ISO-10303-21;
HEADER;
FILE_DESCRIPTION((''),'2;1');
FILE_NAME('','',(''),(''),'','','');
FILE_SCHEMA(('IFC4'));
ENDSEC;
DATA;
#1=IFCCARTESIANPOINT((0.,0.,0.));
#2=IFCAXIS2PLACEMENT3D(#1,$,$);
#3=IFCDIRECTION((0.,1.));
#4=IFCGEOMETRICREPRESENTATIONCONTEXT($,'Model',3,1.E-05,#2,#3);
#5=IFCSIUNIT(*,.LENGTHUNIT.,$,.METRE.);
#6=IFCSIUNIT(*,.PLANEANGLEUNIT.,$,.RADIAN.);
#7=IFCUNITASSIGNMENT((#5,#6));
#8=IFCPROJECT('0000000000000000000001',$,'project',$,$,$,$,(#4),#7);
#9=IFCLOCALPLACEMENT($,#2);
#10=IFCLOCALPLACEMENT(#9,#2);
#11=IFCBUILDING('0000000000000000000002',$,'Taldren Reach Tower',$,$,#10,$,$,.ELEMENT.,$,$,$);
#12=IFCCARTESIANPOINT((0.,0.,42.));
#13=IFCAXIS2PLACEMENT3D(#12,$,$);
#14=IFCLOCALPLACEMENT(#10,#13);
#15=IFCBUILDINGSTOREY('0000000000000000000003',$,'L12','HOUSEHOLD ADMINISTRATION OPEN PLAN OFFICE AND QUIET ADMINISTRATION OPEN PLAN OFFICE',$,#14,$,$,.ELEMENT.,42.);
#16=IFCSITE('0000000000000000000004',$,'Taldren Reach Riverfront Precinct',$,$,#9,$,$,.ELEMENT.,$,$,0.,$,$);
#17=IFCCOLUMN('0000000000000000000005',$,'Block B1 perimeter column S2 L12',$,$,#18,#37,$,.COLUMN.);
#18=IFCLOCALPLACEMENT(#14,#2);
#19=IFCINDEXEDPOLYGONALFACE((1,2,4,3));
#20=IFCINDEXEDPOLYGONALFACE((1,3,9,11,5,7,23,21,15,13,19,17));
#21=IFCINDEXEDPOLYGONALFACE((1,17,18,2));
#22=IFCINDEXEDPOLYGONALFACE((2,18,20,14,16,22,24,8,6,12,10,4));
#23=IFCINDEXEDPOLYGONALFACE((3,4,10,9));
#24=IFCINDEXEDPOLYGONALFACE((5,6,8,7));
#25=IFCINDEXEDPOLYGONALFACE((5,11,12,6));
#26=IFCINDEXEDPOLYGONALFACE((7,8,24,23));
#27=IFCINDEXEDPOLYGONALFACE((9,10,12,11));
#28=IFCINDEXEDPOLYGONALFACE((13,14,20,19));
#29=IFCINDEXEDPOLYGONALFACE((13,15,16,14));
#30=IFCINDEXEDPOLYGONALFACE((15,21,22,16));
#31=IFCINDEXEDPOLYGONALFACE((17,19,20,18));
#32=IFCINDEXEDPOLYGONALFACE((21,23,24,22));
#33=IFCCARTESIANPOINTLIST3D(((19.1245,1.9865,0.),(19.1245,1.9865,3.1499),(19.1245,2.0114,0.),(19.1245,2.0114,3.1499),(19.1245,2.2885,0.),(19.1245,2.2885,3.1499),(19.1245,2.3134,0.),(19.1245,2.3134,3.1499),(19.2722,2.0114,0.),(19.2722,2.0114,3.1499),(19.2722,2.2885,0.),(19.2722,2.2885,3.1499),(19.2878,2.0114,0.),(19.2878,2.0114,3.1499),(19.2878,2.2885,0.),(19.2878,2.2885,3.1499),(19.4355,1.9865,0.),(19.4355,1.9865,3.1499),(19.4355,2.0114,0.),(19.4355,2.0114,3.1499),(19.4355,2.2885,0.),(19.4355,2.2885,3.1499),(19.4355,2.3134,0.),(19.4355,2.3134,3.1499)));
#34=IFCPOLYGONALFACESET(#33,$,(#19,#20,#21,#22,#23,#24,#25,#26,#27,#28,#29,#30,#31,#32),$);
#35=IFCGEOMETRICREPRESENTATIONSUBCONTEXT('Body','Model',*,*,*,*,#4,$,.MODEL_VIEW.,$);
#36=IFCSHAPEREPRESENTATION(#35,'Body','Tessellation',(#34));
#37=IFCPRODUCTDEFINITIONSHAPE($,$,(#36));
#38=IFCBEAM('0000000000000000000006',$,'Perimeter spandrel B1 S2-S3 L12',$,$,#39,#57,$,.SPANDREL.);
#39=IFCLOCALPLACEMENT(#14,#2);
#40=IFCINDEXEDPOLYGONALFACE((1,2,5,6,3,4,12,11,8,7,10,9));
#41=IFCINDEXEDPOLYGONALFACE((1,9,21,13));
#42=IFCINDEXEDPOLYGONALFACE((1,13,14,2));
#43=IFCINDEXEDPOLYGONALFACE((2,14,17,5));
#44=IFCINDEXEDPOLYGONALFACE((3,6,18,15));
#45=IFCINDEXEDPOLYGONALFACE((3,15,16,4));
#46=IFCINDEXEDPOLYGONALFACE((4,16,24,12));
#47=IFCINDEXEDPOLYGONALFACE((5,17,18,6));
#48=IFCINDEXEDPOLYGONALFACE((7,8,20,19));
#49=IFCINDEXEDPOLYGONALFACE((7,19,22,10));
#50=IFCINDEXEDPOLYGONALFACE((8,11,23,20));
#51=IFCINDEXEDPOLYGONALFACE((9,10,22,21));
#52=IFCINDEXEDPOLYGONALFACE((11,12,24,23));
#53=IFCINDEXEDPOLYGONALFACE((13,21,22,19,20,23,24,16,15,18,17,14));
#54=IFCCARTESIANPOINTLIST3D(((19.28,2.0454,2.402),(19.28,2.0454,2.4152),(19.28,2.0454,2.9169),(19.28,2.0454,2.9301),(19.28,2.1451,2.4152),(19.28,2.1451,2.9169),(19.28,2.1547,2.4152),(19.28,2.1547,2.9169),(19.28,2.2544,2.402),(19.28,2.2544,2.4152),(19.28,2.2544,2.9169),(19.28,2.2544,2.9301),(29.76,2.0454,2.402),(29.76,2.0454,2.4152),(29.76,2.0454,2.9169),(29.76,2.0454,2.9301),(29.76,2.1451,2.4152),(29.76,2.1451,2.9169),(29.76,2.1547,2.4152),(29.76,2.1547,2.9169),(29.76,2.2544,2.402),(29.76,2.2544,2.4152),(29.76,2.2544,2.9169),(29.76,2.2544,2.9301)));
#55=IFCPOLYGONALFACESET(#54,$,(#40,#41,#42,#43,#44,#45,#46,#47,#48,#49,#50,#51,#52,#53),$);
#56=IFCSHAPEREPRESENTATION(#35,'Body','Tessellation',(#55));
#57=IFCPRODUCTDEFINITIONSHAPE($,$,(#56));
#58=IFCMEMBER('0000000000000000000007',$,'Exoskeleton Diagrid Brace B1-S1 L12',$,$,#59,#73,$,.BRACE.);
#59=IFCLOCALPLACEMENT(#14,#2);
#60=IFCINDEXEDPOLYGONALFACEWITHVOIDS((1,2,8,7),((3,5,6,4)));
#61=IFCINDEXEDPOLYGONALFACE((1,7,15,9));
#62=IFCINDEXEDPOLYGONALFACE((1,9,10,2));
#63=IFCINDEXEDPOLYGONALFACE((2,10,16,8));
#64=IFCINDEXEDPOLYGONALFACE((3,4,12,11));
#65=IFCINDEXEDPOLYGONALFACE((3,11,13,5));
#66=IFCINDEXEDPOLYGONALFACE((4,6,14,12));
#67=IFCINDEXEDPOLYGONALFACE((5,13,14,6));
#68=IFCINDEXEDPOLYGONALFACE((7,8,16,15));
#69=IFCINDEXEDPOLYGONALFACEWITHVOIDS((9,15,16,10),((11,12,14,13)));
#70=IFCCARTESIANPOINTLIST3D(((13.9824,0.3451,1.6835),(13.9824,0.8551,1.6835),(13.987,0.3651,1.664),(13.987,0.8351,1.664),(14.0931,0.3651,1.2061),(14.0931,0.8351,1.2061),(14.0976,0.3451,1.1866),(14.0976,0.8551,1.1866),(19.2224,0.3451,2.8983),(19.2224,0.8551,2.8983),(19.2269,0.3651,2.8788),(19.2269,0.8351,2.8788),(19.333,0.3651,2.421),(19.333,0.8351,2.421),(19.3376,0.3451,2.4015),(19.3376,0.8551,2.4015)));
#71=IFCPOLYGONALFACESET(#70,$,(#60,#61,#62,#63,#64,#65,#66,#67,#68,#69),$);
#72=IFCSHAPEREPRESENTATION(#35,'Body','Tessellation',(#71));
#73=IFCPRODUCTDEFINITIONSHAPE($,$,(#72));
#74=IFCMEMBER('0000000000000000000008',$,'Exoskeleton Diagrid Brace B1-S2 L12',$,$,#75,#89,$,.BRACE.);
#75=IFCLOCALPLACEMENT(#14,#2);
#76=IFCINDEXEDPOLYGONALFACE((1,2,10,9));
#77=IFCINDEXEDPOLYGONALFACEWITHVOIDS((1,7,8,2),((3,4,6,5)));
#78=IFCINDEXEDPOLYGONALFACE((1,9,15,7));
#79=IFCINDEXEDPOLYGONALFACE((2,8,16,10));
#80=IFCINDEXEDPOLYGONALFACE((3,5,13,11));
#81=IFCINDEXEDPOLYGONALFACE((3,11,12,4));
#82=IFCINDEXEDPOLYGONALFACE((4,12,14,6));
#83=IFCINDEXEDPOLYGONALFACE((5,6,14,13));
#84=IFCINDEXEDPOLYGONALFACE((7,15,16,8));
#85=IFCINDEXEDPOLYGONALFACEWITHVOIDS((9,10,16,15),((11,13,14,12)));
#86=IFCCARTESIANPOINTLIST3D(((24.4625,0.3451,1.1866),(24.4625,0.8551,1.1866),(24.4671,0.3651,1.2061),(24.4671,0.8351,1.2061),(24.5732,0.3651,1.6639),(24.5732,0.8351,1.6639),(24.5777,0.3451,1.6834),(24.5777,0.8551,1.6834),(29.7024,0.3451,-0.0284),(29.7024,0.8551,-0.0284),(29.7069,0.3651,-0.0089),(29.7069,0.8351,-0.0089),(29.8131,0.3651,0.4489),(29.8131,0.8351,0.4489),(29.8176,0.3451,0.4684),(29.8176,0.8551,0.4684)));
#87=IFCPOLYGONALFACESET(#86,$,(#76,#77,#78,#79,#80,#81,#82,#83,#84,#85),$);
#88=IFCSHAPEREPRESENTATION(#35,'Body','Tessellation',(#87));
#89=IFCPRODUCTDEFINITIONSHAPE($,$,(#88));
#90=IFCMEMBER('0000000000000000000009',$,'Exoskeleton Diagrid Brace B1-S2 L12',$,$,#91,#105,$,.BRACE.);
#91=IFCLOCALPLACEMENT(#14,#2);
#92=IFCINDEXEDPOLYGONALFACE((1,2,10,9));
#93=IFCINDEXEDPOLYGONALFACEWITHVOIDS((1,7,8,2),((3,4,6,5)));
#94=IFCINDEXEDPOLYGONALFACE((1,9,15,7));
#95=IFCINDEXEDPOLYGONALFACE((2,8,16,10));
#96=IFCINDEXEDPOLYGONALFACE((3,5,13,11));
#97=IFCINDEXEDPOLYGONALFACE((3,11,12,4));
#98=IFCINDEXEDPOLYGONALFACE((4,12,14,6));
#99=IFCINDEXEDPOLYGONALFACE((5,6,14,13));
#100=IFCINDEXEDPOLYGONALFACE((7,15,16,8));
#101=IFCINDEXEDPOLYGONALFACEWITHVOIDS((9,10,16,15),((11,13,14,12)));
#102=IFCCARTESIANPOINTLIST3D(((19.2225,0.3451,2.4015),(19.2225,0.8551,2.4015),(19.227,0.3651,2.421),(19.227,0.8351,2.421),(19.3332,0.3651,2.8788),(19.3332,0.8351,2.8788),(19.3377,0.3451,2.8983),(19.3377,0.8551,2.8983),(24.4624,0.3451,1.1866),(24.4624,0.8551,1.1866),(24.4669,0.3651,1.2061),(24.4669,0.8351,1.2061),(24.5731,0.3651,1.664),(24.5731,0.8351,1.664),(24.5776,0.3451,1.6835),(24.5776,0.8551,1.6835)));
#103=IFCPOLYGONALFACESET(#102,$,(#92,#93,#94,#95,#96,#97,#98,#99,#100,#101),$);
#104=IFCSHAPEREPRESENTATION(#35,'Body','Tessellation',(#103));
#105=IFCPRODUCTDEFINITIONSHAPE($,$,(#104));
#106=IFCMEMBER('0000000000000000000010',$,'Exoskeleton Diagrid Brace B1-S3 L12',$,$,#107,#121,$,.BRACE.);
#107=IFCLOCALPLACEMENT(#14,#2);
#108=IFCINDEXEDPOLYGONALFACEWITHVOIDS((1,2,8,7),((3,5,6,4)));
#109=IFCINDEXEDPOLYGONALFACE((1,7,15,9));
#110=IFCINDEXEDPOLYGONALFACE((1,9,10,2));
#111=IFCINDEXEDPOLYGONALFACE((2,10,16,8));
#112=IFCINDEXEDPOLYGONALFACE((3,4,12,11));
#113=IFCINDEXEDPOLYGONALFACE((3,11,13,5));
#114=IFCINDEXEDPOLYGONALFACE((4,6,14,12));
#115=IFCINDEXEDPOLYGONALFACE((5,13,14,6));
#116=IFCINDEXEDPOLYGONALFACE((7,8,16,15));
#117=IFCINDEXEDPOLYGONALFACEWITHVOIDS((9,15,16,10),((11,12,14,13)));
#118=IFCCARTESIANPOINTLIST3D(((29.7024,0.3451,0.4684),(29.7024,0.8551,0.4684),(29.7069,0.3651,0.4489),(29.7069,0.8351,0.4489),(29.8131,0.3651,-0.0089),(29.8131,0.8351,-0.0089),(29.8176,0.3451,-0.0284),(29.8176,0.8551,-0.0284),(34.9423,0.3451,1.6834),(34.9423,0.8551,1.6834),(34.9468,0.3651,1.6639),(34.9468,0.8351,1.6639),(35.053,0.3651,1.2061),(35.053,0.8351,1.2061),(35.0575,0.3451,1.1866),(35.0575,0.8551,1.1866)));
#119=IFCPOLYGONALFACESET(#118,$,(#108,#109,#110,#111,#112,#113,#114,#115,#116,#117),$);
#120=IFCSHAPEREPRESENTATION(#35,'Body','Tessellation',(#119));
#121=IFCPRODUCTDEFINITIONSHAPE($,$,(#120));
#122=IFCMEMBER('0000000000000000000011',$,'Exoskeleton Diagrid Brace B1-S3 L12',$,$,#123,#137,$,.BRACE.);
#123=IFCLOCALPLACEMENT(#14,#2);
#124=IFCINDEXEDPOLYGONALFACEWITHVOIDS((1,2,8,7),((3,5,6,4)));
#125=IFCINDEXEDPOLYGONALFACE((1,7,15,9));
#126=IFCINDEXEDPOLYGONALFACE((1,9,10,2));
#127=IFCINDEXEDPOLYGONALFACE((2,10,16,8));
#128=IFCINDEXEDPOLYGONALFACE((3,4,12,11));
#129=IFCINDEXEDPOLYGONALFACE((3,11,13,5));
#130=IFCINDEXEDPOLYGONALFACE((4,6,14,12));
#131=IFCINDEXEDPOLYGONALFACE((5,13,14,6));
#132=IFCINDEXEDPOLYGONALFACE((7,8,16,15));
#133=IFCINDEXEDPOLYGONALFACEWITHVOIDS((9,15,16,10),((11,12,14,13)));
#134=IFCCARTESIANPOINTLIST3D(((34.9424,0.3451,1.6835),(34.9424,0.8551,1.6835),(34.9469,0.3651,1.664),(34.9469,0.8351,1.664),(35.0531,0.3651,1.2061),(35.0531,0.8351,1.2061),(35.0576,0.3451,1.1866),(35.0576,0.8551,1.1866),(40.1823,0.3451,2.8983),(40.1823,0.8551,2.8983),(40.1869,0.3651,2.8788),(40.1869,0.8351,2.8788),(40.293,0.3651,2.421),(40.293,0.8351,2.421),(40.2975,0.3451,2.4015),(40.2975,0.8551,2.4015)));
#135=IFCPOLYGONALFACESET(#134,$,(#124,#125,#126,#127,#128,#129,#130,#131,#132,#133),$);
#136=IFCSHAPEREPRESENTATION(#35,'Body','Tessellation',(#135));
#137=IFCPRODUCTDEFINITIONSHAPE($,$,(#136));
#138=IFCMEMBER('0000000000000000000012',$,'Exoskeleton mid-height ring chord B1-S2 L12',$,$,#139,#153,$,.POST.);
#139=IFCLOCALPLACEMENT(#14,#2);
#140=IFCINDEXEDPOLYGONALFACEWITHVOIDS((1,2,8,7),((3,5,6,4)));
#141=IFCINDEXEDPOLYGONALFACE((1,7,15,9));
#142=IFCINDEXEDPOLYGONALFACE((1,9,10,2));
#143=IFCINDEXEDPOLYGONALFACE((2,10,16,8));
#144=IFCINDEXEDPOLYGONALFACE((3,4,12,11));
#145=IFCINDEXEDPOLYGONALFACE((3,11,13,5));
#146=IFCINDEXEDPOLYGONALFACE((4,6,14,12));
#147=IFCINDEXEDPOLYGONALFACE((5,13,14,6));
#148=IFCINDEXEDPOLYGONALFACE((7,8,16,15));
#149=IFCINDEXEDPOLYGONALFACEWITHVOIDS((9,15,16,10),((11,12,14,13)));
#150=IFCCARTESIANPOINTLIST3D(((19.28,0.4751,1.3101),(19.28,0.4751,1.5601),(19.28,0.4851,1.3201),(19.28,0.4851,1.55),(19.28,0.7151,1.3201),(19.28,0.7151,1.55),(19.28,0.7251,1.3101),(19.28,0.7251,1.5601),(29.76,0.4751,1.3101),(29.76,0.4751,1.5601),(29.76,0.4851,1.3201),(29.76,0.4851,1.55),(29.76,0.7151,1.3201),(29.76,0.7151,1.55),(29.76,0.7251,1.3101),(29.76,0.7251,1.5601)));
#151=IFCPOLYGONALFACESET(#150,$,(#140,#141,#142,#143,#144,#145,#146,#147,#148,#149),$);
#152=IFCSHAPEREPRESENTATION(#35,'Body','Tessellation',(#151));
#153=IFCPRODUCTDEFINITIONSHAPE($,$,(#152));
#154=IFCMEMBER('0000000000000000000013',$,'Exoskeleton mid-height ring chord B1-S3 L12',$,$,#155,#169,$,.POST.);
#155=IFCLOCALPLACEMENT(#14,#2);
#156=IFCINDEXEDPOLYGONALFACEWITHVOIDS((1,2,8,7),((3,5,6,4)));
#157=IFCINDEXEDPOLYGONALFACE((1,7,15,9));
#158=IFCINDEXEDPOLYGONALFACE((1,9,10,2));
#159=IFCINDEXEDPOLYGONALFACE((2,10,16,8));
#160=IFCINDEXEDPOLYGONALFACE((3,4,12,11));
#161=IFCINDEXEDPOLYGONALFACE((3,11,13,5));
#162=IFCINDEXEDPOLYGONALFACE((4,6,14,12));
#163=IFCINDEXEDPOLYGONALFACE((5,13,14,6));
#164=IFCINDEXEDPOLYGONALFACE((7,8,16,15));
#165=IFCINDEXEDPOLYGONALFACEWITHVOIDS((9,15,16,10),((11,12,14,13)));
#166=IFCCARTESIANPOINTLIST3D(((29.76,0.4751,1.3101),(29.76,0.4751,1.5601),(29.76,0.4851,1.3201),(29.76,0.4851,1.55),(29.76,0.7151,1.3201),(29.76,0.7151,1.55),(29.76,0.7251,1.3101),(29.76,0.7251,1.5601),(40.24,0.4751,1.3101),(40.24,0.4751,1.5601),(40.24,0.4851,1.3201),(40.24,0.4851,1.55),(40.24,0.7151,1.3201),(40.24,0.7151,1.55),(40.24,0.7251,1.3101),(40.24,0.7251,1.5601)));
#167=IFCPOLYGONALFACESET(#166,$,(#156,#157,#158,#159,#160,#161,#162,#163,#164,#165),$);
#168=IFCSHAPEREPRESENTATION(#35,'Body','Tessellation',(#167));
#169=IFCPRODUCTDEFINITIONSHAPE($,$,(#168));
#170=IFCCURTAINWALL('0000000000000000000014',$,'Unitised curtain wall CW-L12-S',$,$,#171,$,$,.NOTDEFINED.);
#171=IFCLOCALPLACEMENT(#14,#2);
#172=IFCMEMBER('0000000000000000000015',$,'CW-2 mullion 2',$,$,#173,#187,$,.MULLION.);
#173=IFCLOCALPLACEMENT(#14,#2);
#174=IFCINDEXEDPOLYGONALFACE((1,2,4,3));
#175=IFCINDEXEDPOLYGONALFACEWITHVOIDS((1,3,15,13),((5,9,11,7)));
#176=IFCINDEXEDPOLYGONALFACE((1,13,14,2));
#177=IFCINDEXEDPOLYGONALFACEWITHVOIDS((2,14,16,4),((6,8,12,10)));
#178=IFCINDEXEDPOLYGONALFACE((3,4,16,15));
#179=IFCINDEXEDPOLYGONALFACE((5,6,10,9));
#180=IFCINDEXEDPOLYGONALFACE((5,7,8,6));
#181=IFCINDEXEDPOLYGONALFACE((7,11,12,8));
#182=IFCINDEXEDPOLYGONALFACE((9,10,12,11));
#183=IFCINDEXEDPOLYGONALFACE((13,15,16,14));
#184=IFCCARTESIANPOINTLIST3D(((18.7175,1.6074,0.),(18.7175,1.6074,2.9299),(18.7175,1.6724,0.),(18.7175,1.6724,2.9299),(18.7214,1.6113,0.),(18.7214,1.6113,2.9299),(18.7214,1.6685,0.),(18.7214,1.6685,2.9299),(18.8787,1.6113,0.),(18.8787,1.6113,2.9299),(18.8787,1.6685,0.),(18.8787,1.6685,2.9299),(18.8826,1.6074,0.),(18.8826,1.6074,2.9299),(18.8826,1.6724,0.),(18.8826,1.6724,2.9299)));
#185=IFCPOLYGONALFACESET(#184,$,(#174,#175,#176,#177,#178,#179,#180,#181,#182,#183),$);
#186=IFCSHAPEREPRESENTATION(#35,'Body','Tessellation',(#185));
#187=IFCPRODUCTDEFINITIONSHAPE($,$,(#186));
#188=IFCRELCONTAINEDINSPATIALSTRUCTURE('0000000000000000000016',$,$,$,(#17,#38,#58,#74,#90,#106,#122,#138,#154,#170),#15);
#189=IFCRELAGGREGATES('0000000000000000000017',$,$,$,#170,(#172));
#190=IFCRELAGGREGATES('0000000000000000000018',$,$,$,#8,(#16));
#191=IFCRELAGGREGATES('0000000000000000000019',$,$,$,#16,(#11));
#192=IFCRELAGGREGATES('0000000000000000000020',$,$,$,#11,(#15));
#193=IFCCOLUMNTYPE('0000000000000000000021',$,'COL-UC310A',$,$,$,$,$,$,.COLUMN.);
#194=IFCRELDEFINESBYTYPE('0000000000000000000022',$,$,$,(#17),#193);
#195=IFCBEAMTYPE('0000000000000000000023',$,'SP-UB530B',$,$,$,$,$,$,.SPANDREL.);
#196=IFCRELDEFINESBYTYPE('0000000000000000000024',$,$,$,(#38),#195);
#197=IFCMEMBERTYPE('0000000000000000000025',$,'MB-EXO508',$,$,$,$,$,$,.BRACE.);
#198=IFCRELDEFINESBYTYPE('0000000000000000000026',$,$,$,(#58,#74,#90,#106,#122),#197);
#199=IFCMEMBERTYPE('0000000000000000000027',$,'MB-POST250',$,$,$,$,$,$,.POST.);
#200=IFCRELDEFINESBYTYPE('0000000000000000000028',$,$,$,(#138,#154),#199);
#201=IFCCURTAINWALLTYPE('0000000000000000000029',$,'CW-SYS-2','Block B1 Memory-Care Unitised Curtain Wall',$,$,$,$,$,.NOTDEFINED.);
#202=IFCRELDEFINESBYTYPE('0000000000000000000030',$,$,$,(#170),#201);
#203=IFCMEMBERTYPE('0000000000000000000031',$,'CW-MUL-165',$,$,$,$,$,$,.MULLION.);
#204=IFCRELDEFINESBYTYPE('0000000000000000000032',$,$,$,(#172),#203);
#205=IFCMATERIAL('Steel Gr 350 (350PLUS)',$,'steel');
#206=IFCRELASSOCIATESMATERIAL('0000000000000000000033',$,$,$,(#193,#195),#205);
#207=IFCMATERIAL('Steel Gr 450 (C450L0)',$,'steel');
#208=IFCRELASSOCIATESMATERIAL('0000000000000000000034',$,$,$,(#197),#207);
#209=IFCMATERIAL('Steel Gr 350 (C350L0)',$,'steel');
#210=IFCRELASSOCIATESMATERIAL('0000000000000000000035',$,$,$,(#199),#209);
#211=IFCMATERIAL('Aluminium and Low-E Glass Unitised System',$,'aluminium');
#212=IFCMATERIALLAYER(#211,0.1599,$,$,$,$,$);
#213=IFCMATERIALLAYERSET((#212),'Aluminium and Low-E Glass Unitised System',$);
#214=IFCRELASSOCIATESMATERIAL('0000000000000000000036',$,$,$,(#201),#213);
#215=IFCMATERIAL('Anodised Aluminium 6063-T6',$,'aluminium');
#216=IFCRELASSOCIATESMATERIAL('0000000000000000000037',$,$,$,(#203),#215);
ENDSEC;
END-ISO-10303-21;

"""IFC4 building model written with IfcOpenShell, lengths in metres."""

from ifc_helpers import new_model, si_unit, direction, frame, origin, origin_2d, place, context, subcontext, project, spatial, hollow_rectangle, i_section, extrude, source, transform, mapped, material, layer, layer_set, material_profile, profile_set, type_object, element, aggregate, save


model = new_model("IFC4")

# Units and contexts
model_context = context("Model", 3, precision=1e-05, world=origin(), true_north=direction((0.0, 1.0)))
body_context = subcontext(model_context, "Body", "Model", "MODEL_VIEW")
ifc_project = project(units=[si_unit("LENGTHUNIT", "METRE"), si_unit("PLANEANGLEUNIT", "RADIAN")], contexts=[model_context])

# Site, building, storey
site_placement = place(None, origin())
site = spatial("IfcSite", under=ifc_project, at=site_placement, Name="Taldren Reach Riverfront Precinct", CompositionType="ELEMENT", RefElevation=0.0)
building_placement = place(site_placement, origin())
building = spatial("IfcBuilding", under=site, at=building_placement, Name="Taldren Reach Tower", CompositionType="ELEMENT")
storey_placement = place(building_placement, frame((0.0, 0.0, 42.0)))
storey = spatial("IfcBuildingStorey", under=building, at=storey_placement, Name="L12", Description="HOUSEHOLD ADMINISTRATION OPEN PLAN OFFICE AND QUIET ADMINISTRATION OPEN PLAN OFFICE", CompositionType="ELEMENT", Elevation=42.0)

# Column
ifc_material_1 = material(Name="Steel Gr 350 (350PLUS)", Category="steel")
ifc_material_profile_1 = material_profile(ifc_material_1, i_section(OverallWidth=0.311, OverallDepth=0.3269, WebThickness=0.0156, FlangeThickness=0.0249, at=origin_2d()), Name="310UC158")
ifc_profile_set_1 = profile_set([ifc_material_profile_1], Name="Steel Gr 350 (350PLUS)")
column_type = type_object("IfcColumnType", Name="COL-UC310A", PredefinedType="COLUMN", material=ifc_profile_set_1)
shared_shape_1 = source(origin(), body_context, "Body", "SweptSolid", [
    extrude(i_section(OverallWidth=0.311, OverallDepth=0.3269, WebThickness=0.0156, FlangeThickness=0.0249, at=origin_2d()), origin(), (0.0, 0.0, 1.0), 3.1499),
])
column_placement = place(storey_placement, frame((19.28, 2.1499, 0.0), z_axis=(0.0, 0.0, 1.0), x_axis=(1.0, 0.0, 0.0)))
element("IfcColumn", 1, at=column_placement, inside=storey, type_object=column_type, Name="Block B1 perimeter column S2 L12", PredefinedType="COLUMN", context=body_context, shape_type="MappedRepresentation", body=[
    mapped(shared_shape_1, transform((0.0, 0.0, 0.0), scale=1.0)),
])

# Beam
ifc_material_profile_2 = material_profile(ifc_material_1, i_section(OverallWidth=0.209, OverallDepth=0.5281, WebThickness=0.0095, FlangeThickness=0.0132, at=origin_2d()), Name="530UB82.0")
ifc_profile_set_2 = profile_set([ifc_material_profile_2], Name="Steel Gr 350 (350PLUS)")
beam_type = type_object("IfcBeamType", Name="SP-UB530B", PredefinedType="SPANDREL", material=ifc_profile_set_2)
shared_shape_2 = source(origin(), body_context, "Body", "SweptSolid", [
    extrude(i_section(OverallWidth=0.209, OverallDepth=0.5281, WebThickness=0.0095, FlangeThickness=0.0132, at=origin_2d()), origin(), (0.0, 0.0, 1.0), 10.48),
])
beam_placement = place(storey_placement, frame((19.28, 2.1499, 2.666), z_axis=(1.0, 0.0, 0.0), x_axis=(0.0, 1.0, 0.0)))
element("IfcBeam", 2, at=beam_placement, inside=storey, type_object=beam_type, Name="Perimeter spandrel B1 S2-S3 L12", PredefinedType="SPANDREL", context=body_context, shape_type="MappedRepresentation", body=[
    mapped(shared_shape_2, transform((0.0, 0.0, 0.0), scale=1.0)),
])

# Members
ifc_material_2 = material(Name="Steel Gr 450 (C450L0)", Category="steel")
ifc_material_profile_3 = material_profile(ifc_material_2, hollow_rectangle(XDim=0.51, YDim=0.51, WallThickness=0.02, at=origin_2d()), Name="510x510x20.0SHS")
ifc_profile_set_3 = profile_set([ifc_material_profile_3], Name="Steel Gr 450 (C450L0)")
member_type_1 = type_object("IfcMemberType", Name="MB-EXO508", PredefinedType="BRACE", material=ifc_profile_set_3)
shared_shape_3 = source(origin(), body_context, "Body", "SweptSolid", [
    extrude(hollow_rectangle(XDim=0.51, YDim=0.51, WallThickness=0.02, at=origin_2d()), origin(), (0.0, 0.0, 1.0), 5.3789),
])
for number, where, z_axis, x_axis, name in (
    (3, (14.04, 0.6001, 1.4351), (0.974162, 0.0, 0.225851), (0.0, 1.0, 0.0), "Exoskeleton Diagrid Brace B1-S1 L12"),
    (4, (29.76, 0.6001, 0.22), (-0.974152, 0.0, 0.225894), (0.0, -1.0, 0.0), "Exoskeleton Diagrid Brace B1-S2 L12"),
    (5, (24.52, 0.6001, 1.4351), (-0.974162, 0.0, 0.225851), (0.0, -1.0, 0.0), "Exoskeleton Diagrid Brace B1-S2 L12"),
    (6, (29.76, 0.6001, 0.22), (0.974152, 0.0, 0.225894), (0.0, 1.0, 0.0), "Exoskeleton Diagrid Brace B1-S3 L12"),
    (7, (35.0, 0.6001, 1.4351), (0.974162, 0.0, 0.225851), (0.0, 1.0, 0.0), "Exoskeleton Diagrid Brace B1-S3 L12"),
):
    element("IfcMember", number, at=place(storey_placement, frame(where, z_axis=z_axis, x_axis=x_axis)), inside=storey, type_object=member_type_1, Name=name, PredefinedType="BRACE", context=body_context, shape_type="MappedRepresentation", body=[
        mapped(shared_shape_3, transform((0.0, 0.0, 0.0), scale=1.0)),
    ])
ifc_material_3 = material(Name="Steel Gr 350 (C350L0)", Category="steel")
ifc_material_profile_4 = material_profile(ifc_material_3, hollow_rectangle(XDim=0.25, YDim=0.25, WallThickness=0.01, at=origin_2d()), Name="250x250x10.0SHS")
ifc_profile_set_4 = profile_set([ifc_material_profile_4], Name="Steel Gr 350 (C350L0)")
member_type_2 = type_object("IfcMemberType", Name="MB-POST250", PredefinedType="POST", material=ifc_profile_set_4)
shared_shape_4 = source(origin(), body_context, "Body", "SweptSolid", [
    extrude(hollow_rectangle(XDim=0.25, YDim=0.25, WallThickness=0.01, at=origin_2d()), origin(), (0.0, 0.0, 1.0), 10.48),
])
for number, where, z_axis, x_axis, name in (
    (8, (19.28, 0.6001, 1.4351), (1.0, 0.0, 0.0), (0.0, 1.0, 0.0), "Exoskeleton mid-height ring chord B1-S2 L12"),
    (9, (29.76, 0.6001, 1.4351), (1.0, 0.0, 0.0), (0.0, 1.0, 0.0), "Exoskeleton mid-height ring chord B1-S3 L12"),
):
    element("IfcMember", number, at=place(storey_placement, frame(where, z_axis=z_axis, x_axis=x_axis)), inside=storey, type_object=member_type_2, Name=name, PredefinedType="POST", context=body_context, shape_type="MappedRepresentation", body=[
        mapped(shared_shape_4, transform((0.0, 0.0, 0.0), scale=1.0)),
    ])

# Curtain wall, member
ifc_material_4 = material(Name="Aluminium and Low-E Glass Unitised System", Category="aluminium")
ifc_layer_1 = layer(ifc_material_4, 0.1599)
ifc_layer_set_1 = layer_set([ifc_layer_1], Name="Aluminium and Low-E Glass Unitised System")
curtain_wall_type = type_object("IfcCurtainWallType", Name="CW-SYS-2", Description="Block B1 Memory-Care Unitised Curtain Wall", PredefinedType="NOTDEFINED", material=ifc_layer_set_1)
curtain_wall_placement = place(storey_placement, origin())
curtain_wall = element("IfcCurtainWall", 10, at=curtain_wall_placement, inside=storey, type_object=curtain_wall_type, Name="Unitised curtain wall CW-L12-S", PredefinedType="NOTDEFINED")
ifc_material_5 = material(Name="Anodised Aluminium 6063-T6", Category="aluminium")
ifc_material_profile_5 = material_profile(ifc_material_5, hollow_rectangle(XDim=0.0649, YDim=0.165, WallThickness=0.0039, at=origin_2d()), Name="ALU-165x65x4RHS")
ifc_profile_set_5 = profile_set([ifc_material_profile_5], Name="Anodised Aluminium 6063-T6")
member_type_3 = type_object("IfcMemberType", Name="CW-MUL-165", PredefinedType="MULLION", material=ifc_profile_set_5)
shared_shape_5 = source(origin(), body_context, "Body", "SweptSolid", [
    extrude(hollow_rectangle(XDim=0.0649, YDim=0.165, WallThickness=0.0039, at=origin_2d()), origin(), (0.0, 0.0, 1.0), 2.9299),
])
member_1_placement = place(storey_placement, frame((18.8, 1.6399, 0.0), z_axis=(0.0, 0.0, 1.0), x_axis=(0.0, 1.0, 0.0)))
member_1 = element("IfcMember", 11, at=member_1_placement, type_object=member_type_3, Name="CW-2 mullion 2", PredefinedType="MULLION", context=body_context, shape_type="MappedRepresentation", body=[
    mapped(shared_shape_5, transform((0.0, 0.0, 0.0), scale=1.0)),
])

aggregate(curtain_wall, [member_1])

save(model, "model.ifc")
